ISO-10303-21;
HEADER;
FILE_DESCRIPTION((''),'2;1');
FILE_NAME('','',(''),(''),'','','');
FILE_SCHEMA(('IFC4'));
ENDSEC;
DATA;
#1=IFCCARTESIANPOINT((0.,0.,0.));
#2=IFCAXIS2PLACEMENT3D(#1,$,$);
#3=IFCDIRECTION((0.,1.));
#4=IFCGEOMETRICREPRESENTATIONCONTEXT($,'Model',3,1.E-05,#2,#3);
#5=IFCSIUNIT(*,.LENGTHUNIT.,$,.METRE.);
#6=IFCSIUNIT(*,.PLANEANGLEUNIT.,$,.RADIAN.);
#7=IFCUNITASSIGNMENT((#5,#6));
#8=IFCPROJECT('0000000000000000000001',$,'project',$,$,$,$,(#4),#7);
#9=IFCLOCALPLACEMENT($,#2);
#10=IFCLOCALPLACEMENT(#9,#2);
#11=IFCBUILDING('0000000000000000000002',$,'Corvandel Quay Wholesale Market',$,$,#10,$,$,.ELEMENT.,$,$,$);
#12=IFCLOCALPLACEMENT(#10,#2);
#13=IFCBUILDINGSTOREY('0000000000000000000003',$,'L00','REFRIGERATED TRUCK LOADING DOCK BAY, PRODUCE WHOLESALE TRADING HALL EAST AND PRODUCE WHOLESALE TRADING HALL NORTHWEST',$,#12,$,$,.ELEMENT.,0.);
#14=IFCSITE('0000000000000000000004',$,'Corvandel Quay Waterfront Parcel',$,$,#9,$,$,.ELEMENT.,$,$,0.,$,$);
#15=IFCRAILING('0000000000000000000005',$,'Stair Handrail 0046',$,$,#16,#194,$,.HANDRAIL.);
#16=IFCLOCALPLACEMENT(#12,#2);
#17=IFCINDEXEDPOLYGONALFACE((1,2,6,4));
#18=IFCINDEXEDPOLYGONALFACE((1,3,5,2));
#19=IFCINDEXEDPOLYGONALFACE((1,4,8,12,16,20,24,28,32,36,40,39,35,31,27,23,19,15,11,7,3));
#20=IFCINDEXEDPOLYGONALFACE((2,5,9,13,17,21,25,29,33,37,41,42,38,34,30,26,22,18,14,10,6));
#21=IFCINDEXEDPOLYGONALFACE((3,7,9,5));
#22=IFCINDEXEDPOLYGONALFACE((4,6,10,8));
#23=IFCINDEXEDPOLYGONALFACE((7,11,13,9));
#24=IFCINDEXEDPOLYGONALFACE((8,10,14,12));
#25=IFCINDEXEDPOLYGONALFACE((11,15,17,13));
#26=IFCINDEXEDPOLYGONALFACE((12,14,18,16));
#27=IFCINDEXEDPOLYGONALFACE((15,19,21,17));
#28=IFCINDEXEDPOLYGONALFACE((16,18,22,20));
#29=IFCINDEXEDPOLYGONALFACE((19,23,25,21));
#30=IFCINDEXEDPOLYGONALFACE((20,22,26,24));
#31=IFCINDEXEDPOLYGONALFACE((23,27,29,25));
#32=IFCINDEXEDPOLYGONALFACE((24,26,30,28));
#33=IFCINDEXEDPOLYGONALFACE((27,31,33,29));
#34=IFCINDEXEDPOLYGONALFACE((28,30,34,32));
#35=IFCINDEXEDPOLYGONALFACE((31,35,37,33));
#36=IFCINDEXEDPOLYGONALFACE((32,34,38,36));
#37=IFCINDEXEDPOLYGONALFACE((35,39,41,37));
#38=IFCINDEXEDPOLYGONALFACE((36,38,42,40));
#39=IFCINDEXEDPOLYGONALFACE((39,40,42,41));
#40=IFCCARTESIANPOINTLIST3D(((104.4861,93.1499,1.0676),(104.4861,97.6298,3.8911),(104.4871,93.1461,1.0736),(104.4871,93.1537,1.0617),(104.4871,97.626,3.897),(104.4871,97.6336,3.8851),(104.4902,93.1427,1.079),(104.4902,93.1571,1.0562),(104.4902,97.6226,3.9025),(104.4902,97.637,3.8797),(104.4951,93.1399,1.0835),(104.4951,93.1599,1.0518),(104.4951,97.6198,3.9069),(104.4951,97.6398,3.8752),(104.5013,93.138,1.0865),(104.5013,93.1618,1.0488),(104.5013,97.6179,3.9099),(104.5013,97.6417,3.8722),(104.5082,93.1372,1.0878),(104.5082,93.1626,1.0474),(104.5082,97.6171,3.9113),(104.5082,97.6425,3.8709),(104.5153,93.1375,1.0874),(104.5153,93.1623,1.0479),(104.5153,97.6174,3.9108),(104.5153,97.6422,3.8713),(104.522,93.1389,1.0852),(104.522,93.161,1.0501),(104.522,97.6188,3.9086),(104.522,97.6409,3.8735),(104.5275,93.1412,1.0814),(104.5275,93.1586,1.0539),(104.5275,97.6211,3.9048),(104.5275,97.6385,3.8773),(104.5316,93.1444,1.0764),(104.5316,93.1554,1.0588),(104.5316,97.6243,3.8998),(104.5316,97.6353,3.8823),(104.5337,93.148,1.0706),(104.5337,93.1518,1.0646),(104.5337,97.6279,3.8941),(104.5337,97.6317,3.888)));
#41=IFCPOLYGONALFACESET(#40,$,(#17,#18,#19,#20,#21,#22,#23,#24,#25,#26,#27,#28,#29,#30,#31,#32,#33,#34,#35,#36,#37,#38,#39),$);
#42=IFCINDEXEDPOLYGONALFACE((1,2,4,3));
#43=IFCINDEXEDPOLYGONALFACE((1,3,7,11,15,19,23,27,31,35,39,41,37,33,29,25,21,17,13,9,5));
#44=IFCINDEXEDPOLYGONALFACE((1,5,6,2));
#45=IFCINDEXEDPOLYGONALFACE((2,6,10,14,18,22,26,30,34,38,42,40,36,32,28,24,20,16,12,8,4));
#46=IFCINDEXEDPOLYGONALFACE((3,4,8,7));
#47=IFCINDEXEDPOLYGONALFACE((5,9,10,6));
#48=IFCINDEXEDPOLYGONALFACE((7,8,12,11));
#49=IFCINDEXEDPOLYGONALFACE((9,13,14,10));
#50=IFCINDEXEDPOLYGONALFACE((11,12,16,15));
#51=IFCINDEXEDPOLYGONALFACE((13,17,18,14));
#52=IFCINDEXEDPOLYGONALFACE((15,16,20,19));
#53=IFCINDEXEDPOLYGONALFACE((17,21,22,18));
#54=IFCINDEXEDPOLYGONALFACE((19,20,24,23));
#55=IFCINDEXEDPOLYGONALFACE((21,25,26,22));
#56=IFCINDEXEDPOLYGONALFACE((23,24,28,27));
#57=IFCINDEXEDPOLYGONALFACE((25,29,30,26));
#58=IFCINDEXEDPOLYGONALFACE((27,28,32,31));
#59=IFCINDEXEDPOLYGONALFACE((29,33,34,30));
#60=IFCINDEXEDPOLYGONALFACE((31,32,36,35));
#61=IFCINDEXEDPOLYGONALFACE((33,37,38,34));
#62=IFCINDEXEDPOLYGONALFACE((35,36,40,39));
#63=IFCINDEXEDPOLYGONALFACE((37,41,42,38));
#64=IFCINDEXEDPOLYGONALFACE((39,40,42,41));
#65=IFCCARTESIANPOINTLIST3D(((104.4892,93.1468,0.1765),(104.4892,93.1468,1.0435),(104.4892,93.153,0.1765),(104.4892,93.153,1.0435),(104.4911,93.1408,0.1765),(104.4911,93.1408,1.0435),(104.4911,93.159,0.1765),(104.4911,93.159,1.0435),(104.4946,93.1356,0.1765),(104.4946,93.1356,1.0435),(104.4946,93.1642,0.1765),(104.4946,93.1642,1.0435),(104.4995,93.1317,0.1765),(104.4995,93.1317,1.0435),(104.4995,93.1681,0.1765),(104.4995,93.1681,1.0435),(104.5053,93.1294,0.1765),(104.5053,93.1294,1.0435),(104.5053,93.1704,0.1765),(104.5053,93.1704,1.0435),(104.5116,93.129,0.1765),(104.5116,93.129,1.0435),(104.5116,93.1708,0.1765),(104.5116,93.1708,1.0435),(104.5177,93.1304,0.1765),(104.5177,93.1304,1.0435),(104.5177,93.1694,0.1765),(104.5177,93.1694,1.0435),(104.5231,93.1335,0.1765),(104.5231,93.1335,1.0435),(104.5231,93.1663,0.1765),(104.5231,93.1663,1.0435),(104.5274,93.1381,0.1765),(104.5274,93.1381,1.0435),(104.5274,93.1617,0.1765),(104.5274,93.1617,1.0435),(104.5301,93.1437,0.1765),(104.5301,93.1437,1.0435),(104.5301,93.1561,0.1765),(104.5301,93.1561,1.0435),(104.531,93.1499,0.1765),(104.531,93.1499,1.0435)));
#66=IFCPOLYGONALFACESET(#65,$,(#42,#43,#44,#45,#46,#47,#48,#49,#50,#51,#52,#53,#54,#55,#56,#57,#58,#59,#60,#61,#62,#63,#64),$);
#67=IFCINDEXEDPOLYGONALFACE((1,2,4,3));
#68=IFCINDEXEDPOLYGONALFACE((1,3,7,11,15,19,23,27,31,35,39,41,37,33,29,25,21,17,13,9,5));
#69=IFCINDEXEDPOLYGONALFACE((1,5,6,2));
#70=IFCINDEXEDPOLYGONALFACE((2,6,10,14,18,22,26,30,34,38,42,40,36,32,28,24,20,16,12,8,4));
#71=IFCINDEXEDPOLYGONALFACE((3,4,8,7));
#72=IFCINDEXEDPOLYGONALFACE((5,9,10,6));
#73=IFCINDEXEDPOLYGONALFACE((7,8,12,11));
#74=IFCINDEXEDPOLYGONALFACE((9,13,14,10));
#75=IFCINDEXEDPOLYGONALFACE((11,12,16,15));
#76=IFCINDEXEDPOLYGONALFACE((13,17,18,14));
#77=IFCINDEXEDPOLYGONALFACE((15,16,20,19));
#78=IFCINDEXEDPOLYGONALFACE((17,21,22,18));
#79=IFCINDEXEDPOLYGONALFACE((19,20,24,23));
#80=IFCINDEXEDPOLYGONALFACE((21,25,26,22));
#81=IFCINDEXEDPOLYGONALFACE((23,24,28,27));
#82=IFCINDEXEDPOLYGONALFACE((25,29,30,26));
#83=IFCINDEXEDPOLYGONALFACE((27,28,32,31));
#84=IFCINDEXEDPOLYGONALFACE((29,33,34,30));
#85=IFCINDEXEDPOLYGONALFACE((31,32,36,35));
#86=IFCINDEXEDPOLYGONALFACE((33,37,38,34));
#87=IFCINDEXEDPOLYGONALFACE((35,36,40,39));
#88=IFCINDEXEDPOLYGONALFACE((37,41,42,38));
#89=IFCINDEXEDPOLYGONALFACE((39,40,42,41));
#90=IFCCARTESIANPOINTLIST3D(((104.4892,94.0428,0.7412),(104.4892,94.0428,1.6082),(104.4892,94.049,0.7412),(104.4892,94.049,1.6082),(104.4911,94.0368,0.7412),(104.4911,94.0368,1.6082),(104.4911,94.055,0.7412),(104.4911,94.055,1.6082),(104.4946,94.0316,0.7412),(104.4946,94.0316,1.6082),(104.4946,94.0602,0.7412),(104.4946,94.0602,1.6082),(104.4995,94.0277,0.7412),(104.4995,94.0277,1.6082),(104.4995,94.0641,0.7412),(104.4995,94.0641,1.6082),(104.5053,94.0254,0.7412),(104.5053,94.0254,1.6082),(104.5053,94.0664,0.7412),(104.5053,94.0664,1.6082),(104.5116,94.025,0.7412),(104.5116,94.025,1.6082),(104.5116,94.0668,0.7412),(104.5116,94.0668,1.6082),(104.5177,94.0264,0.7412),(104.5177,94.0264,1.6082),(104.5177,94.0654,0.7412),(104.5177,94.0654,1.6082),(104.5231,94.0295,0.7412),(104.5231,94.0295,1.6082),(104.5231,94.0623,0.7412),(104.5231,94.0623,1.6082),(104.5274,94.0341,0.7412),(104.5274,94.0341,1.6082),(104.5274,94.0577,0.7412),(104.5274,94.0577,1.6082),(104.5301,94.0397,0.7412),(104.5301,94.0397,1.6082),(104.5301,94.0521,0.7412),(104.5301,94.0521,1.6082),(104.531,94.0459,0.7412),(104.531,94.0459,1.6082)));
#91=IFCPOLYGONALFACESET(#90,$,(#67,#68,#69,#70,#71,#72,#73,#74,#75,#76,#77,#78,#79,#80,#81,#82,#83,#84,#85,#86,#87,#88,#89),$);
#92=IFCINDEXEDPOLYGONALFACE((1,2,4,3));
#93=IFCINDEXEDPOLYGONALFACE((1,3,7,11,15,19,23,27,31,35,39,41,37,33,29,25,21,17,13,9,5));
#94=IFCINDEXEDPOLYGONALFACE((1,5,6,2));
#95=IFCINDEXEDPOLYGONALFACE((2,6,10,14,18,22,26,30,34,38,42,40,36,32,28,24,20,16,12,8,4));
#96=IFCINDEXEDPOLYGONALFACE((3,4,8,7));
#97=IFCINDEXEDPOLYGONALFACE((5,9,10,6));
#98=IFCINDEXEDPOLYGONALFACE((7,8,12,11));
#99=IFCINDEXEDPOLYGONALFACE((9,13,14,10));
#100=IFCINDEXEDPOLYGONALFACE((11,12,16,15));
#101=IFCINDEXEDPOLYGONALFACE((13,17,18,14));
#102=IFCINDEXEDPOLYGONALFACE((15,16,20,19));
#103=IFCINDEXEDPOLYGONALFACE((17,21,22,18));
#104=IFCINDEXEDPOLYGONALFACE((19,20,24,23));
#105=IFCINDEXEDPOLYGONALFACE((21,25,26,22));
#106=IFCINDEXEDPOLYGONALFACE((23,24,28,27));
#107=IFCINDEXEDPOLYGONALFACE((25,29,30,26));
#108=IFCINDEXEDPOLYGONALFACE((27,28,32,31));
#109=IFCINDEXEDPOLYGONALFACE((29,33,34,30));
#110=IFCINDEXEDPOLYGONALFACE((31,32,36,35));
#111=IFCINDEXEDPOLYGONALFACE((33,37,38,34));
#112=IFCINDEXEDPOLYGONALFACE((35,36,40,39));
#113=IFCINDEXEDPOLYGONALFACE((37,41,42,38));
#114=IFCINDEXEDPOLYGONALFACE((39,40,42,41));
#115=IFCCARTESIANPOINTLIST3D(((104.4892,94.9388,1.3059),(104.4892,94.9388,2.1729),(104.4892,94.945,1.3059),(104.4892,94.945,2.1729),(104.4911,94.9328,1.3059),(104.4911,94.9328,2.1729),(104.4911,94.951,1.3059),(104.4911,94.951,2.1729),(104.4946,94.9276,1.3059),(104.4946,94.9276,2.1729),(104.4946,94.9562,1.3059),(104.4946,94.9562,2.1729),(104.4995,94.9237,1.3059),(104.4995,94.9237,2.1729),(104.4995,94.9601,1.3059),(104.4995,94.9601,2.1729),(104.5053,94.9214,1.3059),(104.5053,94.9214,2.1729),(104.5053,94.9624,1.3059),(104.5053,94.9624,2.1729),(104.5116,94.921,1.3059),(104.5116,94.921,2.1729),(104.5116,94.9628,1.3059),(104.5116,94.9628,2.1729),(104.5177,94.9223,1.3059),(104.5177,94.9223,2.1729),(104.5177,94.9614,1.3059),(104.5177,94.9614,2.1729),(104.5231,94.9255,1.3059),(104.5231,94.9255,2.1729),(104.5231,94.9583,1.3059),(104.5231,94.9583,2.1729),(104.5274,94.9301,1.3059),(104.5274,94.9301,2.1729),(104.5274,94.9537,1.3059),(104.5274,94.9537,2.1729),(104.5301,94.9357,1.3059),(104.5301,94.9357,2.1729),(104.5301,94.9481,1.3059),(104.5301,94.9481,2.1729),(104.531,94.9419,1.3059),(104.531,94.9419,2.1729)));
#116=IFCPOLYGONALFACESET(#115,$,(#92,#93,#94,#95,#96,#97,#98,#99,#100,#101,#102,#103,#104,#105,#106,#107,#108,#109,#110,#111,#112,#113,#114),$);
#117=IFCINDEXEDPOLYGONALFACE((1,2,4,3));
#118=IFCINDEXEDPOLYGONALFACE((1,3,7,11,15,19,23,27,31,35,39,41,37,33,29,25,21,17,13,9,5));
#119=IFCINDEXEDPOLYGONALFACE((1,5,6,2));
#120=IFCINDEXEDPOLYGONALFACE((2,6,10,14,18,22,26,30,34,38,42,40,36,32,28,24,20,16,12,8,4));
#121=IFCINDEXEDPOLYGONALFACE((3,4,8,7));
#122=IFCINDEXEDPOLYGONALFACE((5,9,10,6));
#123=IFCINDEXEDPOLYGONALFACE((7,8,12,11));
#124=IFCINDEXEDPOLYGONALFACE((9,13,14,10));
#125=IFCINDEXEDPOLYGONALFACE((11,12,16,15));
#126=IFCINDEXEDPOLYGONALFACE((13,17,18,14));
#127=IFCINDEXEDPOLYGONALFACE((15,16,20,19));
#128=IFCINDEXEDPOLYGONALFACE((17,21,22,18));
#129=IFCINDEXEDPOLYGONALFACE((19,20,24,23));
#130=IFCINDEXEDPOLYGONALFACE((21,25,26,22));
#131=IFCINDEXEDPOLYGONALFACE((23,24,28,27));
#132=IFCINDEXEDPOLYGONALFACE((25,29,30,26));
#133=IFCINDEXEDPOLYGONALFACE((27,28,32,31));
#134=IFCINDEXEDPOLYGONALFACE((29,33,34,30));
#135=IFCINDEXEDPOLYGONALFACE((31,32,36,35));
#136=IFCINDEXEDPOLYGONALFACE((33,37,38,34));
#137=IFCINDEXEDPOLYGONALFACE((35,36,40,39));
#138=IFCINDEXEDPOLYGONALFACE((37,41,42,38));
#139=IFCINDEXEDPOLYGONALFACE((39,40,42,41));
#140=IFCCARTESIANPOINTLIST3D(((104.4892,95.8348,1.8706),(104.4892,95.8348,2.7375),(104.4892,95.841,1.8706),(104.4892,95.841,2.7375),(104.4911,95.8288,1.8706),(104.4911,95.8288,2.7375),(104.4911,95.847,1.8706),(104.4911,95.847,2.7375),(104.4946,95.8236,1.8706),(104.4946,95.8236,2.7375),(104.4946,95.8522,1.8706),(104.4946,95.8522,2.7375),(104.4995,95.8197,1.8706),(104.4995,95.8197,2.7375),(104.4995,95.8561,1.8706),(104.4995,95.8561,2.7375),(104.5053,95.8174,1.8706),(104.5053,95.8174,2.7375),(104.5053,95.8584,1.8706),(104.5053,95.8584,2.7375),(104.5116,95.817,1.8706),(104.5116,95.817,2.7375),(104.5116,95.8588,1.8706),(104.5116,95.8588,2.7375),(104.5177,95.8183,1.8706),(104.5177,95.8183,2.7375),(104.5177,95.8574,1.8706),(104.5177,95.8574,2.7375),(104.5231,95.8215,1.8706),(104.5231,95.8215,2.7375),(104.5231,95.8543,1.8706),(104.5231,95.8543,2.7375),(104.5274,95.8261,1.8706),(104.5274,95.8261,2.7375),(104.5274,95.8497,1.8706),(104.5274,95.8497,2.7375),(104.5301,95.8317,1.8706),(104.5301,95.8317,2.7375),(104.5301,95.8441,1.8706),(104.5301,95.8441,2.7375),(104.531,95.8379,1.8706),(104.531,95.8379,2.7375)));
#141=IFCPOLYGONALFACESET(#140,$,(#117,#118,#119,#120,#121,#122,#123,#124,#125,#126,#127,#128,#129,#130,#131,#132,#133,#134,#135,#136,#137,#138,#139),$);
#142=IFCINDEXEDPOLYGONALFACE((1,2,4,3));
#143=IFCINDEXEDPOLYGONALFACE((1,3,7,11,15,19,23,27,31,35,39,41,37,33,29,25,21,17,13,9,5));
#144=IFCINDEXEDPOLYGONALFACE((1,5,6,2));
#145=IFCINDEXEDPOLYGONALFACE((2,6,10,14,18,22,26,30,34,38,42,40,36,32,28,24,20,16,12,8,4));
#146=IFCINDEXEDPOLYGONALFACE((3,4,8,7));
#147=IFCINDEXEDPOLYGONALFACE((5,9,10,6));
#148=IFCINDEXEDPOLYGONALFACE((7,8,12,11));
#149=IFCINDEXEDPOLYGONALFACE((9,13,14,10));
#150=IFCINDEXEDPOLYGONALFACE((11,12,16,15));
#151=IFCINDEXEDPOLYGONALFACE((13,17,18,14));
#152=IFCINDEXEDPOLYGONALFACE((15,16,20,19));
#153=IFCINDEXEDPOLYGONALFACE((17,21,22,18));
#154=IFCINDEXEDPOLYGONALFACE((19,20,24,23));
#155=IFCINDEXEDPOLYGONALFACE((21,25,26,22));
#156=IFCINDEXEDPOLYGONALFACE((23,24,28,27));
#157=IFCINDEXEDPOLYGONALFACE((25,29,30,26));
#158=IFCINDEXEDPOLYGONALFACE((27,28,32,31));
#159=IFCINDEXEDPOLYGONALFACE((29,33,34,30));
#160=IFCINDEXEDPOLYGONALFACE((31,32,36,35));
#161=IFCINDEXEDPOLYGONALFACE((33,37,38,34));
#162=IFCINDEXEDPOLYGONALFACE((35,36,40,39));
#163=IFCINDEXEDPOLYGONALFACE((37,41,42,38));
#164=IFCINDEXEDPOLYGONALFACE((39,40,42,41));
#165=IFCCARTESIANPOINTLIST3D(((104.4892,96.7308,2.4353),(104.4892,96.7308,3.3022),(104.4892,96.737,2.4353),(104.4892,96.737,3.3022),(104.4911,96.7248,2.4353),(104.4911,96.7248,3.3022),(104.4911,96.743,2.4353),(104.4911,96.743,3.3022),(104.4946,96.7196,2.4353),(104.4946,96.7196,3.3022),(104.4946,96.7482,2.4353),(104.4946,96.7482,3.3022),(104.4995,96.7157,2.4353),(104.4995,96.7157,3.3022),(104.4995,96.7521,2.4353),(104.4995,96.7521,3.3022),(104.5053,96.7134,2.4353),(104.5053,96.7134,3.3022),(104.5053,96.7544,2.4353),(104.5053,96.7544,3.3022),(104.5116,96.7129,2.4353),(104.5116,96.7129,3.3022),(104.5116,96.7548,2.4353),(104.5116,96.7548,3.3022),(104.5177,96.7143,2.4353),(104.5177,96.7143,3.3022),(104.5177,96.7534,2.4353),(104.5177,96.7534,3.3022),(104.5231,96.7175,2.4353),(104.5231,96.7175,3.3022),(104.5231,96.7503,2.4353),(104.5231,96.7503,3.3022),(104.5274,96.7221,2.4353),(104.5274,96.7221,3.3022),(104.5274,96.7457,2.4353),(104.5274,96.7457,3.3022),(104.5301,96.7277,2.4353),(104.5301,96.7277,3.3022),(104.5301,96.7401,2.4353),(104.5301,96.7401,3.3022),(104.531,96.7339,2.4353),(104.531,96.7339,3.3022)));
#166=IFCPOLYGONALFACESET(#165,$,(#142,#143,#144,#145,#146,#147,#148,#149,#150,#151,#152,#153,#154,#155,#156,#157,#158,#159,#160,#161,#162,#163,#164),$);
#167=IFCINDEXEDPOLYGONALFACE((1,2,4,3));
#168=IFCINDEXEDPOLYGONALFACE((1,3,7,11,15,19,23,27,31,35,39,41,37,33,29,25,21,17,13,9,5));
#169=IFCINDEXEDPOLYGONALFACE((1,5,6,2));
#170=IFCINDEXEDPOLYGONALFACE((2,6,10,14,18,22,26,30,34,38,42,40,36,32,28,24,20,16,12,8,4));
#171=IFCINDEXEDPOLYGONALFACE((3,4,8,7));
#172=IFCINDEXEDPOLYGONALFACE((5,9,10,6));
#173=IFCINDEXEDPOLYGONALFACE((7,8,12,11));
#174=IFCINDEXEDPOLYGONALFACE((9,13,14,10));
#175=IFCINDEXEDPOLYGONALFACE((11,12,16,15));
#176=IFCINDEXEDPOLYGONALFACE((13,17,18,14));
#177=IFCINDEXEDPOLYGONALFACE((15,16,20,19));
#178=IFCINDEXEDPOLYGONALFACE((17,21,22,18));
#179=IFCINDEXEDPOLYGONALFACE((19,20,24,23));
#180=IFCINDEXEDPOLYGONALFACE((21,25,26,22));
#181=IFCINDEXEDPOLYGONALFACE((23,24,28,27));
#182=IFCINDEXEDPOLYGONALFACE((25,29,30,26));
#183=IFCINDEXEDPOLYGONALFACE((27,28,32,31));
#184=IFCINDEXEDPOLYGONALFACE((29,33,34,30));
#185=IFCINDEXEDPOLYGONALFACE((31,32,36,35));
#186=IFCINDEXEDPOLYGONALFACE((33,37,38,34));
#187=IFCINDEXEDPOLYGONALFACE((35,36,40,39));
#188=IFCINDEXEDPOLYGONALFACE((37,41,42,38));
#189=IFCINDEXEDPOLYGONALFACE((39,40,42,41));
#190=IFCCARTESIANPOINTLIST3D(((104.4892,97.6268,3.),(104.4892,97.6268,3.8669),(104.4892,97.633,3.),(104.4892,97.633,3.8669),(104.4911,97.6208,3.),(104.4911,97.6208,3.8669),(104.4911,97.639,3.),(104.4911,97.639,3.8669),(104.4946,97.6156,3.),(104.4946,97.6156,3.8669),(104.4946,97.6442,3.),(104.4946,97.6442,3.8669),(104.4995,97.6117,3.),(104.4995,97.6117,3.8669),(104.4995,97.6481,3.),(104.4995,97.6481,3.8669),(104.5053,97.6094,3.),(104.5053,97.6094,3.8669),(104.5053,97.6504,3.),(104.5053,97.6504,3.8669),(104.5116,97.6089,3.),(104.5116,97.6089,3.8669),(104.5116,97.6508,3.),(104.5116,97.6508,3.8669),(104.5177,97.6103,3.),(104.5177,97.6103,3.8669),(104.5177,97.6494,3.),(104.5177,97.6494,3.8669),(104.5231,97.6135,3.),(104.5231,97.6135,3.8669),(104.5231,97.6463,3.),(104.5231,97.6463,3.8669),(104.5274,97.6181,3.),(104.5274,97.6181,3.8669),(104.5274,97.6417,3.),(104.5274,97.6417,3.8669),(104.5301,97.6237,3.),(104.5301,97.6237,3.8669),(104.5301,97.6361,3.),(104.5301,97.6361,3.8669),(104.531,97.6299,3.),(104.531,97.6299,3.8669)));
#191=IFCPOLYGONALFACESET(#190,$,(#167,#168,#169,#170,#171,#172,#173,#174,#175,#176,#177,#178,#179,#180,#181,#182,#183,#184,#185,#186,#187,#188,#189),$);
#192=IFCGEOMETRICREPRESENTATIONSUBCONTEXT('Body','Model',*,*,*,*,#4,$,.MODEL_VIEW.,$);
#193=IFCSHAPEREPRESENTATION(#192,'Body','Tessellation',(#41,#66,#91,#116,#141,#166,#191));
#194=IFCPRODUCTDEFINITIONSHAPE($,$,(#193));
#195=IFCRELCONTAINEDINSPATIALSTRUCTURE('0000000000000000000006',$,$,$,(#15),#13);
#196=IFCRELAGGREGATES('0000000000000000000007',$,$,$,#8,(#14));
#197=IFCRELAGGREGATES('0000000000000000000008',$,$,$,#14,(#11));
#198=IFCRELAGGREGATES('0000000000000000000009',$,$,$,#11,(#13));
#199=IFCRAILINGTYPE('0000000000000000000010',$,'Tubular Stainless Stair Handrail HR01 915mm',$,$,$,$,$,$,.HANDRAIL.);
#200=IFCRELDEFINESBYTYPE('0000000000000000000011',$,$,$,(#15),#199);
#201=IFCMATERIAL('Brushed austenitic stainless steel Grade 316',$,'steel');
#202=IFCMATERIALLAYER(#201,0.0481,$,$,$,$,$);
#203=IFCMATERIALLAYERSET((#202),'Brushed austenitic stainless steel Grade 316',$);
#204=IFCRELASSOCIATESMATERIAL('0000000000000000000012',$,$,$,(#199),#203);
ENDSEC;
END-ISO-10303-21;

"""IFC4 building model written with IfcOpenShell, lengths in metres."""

from ifc_helpers import new_model, si_unit, direction, frame, origin, origin_2d, place, context, subcontext, project, spatial, circle, extrude, material, layer, layer_set, type_object, element, save


model = new_model("IFC4")

# Units and contexts
model_context = context("Model", 3, precision=1e-05, world=origin(), true_north=direction((0.0, 1.0)))
body_context = subcontext(model_context, "Body", "Model", "MODEL_VIEW")
ifc_project = project(units=[si_unit("LENGTHUNIT", "METRE"), si_unit("PLANEANGLEUNIT", "RADIAN")], contexts=[model_context])

# Site, building, storey
site_placement = place(None, origin())
site = spatial("IfcSite", under=ifc_project, at=site_placement, Name="Corvandel Quay Waterfront Parcel", CompositionType="ELEMENT", RefElevation=0.0)
building_placement = place(site_placement, origin())
building = spatial("IfcBuilding", under=site, at=building_placement, Name="Corvandel Quay Wholesale Market", CompositionType="ELEMENT")
storey_placement = place(building_placement, origin())
storey = spatial("IfcBuildingStorey", under=building, at=storey_placement, Name="L00", Description="REFRIGERATED TRUCK LOADING DOCK BAY, PRODUCE WHOLESALE TRADING HALL EAST AND PRODUCE WHOLESALE TRADING HALL NORTHWEST", CompositionType="ELEMENT", Elevation=0.0)

# Railing
ifc_material_1 = material(Name="Brushed austenitic stainless steel Grade 316", Category="steel")
ifc_layer_1 = layer(ifc_material_1, 0.0481)
ifc_layer_set_1 = layer_set([ifc_layer_1], Name="Brushed austenitic stainless steel Grade 316")
railing_type = type_object("IfcRailingType", Name="Tubular Stainless Stair Handrail HR01 915mm", PredefinedType="HANDRAIL", material=ifc_layer_set_1)
railing_placement = place(storey_placement, frame((104.51, 93.1499, 0.1765)))
element("IfcRailing", 1, at=railing_placement, inside=storey, type_object=railing_type, Name="Stair Handrail 0046", PredefinedType="HANDRAIL", context=body_context, shape_type="SweptSolid", body=[
    extrude(circle(Radius=0.0239, at=origin_2d()), frame((0.0, 0.0, 0.8911), z_axis=(0.0, 0.845998, 0.533186), x_axis=(-1.0, 0.0, 0.0)), (0.0, 0.0, 1.0), 5.2954),
    extrude(circle(Radius=0.021, at=origin_2d()), origin(), (0.0, 0.0, 1.0), 0.8669),
    extrude(circle(Radius=0.021, at=origin_2d()), frame((0.0, 0.896, 0.5647)), (0.0, 0.0, 1.0), 0.8669),
    extrude(circle(Radius=0.021, at=origin_2d()), frame((0.0, 1.792, 1.1294)), (0.0, 0.0, 1.0), 0.8669),
    extrude(circle(Radius=0.021, at=origin_2d()), frame((0.0, 2.688, 1.6941)), (0.0, 0.0, 1.0), 0.8669),
    extrude(circle(Radius=0.021, at=origin_2d()), frame((0.0, 3.584, 2.2588)), (0.0, 0.0, 1.0), 0.8669),
    extrude(circle(Radius=0.021, at=origin_2d()), frame((0.0, 4.48, 2.8235)), (0.0, 0.0, 1.0), 0.8669),
])

save(model, "model.ifc")
